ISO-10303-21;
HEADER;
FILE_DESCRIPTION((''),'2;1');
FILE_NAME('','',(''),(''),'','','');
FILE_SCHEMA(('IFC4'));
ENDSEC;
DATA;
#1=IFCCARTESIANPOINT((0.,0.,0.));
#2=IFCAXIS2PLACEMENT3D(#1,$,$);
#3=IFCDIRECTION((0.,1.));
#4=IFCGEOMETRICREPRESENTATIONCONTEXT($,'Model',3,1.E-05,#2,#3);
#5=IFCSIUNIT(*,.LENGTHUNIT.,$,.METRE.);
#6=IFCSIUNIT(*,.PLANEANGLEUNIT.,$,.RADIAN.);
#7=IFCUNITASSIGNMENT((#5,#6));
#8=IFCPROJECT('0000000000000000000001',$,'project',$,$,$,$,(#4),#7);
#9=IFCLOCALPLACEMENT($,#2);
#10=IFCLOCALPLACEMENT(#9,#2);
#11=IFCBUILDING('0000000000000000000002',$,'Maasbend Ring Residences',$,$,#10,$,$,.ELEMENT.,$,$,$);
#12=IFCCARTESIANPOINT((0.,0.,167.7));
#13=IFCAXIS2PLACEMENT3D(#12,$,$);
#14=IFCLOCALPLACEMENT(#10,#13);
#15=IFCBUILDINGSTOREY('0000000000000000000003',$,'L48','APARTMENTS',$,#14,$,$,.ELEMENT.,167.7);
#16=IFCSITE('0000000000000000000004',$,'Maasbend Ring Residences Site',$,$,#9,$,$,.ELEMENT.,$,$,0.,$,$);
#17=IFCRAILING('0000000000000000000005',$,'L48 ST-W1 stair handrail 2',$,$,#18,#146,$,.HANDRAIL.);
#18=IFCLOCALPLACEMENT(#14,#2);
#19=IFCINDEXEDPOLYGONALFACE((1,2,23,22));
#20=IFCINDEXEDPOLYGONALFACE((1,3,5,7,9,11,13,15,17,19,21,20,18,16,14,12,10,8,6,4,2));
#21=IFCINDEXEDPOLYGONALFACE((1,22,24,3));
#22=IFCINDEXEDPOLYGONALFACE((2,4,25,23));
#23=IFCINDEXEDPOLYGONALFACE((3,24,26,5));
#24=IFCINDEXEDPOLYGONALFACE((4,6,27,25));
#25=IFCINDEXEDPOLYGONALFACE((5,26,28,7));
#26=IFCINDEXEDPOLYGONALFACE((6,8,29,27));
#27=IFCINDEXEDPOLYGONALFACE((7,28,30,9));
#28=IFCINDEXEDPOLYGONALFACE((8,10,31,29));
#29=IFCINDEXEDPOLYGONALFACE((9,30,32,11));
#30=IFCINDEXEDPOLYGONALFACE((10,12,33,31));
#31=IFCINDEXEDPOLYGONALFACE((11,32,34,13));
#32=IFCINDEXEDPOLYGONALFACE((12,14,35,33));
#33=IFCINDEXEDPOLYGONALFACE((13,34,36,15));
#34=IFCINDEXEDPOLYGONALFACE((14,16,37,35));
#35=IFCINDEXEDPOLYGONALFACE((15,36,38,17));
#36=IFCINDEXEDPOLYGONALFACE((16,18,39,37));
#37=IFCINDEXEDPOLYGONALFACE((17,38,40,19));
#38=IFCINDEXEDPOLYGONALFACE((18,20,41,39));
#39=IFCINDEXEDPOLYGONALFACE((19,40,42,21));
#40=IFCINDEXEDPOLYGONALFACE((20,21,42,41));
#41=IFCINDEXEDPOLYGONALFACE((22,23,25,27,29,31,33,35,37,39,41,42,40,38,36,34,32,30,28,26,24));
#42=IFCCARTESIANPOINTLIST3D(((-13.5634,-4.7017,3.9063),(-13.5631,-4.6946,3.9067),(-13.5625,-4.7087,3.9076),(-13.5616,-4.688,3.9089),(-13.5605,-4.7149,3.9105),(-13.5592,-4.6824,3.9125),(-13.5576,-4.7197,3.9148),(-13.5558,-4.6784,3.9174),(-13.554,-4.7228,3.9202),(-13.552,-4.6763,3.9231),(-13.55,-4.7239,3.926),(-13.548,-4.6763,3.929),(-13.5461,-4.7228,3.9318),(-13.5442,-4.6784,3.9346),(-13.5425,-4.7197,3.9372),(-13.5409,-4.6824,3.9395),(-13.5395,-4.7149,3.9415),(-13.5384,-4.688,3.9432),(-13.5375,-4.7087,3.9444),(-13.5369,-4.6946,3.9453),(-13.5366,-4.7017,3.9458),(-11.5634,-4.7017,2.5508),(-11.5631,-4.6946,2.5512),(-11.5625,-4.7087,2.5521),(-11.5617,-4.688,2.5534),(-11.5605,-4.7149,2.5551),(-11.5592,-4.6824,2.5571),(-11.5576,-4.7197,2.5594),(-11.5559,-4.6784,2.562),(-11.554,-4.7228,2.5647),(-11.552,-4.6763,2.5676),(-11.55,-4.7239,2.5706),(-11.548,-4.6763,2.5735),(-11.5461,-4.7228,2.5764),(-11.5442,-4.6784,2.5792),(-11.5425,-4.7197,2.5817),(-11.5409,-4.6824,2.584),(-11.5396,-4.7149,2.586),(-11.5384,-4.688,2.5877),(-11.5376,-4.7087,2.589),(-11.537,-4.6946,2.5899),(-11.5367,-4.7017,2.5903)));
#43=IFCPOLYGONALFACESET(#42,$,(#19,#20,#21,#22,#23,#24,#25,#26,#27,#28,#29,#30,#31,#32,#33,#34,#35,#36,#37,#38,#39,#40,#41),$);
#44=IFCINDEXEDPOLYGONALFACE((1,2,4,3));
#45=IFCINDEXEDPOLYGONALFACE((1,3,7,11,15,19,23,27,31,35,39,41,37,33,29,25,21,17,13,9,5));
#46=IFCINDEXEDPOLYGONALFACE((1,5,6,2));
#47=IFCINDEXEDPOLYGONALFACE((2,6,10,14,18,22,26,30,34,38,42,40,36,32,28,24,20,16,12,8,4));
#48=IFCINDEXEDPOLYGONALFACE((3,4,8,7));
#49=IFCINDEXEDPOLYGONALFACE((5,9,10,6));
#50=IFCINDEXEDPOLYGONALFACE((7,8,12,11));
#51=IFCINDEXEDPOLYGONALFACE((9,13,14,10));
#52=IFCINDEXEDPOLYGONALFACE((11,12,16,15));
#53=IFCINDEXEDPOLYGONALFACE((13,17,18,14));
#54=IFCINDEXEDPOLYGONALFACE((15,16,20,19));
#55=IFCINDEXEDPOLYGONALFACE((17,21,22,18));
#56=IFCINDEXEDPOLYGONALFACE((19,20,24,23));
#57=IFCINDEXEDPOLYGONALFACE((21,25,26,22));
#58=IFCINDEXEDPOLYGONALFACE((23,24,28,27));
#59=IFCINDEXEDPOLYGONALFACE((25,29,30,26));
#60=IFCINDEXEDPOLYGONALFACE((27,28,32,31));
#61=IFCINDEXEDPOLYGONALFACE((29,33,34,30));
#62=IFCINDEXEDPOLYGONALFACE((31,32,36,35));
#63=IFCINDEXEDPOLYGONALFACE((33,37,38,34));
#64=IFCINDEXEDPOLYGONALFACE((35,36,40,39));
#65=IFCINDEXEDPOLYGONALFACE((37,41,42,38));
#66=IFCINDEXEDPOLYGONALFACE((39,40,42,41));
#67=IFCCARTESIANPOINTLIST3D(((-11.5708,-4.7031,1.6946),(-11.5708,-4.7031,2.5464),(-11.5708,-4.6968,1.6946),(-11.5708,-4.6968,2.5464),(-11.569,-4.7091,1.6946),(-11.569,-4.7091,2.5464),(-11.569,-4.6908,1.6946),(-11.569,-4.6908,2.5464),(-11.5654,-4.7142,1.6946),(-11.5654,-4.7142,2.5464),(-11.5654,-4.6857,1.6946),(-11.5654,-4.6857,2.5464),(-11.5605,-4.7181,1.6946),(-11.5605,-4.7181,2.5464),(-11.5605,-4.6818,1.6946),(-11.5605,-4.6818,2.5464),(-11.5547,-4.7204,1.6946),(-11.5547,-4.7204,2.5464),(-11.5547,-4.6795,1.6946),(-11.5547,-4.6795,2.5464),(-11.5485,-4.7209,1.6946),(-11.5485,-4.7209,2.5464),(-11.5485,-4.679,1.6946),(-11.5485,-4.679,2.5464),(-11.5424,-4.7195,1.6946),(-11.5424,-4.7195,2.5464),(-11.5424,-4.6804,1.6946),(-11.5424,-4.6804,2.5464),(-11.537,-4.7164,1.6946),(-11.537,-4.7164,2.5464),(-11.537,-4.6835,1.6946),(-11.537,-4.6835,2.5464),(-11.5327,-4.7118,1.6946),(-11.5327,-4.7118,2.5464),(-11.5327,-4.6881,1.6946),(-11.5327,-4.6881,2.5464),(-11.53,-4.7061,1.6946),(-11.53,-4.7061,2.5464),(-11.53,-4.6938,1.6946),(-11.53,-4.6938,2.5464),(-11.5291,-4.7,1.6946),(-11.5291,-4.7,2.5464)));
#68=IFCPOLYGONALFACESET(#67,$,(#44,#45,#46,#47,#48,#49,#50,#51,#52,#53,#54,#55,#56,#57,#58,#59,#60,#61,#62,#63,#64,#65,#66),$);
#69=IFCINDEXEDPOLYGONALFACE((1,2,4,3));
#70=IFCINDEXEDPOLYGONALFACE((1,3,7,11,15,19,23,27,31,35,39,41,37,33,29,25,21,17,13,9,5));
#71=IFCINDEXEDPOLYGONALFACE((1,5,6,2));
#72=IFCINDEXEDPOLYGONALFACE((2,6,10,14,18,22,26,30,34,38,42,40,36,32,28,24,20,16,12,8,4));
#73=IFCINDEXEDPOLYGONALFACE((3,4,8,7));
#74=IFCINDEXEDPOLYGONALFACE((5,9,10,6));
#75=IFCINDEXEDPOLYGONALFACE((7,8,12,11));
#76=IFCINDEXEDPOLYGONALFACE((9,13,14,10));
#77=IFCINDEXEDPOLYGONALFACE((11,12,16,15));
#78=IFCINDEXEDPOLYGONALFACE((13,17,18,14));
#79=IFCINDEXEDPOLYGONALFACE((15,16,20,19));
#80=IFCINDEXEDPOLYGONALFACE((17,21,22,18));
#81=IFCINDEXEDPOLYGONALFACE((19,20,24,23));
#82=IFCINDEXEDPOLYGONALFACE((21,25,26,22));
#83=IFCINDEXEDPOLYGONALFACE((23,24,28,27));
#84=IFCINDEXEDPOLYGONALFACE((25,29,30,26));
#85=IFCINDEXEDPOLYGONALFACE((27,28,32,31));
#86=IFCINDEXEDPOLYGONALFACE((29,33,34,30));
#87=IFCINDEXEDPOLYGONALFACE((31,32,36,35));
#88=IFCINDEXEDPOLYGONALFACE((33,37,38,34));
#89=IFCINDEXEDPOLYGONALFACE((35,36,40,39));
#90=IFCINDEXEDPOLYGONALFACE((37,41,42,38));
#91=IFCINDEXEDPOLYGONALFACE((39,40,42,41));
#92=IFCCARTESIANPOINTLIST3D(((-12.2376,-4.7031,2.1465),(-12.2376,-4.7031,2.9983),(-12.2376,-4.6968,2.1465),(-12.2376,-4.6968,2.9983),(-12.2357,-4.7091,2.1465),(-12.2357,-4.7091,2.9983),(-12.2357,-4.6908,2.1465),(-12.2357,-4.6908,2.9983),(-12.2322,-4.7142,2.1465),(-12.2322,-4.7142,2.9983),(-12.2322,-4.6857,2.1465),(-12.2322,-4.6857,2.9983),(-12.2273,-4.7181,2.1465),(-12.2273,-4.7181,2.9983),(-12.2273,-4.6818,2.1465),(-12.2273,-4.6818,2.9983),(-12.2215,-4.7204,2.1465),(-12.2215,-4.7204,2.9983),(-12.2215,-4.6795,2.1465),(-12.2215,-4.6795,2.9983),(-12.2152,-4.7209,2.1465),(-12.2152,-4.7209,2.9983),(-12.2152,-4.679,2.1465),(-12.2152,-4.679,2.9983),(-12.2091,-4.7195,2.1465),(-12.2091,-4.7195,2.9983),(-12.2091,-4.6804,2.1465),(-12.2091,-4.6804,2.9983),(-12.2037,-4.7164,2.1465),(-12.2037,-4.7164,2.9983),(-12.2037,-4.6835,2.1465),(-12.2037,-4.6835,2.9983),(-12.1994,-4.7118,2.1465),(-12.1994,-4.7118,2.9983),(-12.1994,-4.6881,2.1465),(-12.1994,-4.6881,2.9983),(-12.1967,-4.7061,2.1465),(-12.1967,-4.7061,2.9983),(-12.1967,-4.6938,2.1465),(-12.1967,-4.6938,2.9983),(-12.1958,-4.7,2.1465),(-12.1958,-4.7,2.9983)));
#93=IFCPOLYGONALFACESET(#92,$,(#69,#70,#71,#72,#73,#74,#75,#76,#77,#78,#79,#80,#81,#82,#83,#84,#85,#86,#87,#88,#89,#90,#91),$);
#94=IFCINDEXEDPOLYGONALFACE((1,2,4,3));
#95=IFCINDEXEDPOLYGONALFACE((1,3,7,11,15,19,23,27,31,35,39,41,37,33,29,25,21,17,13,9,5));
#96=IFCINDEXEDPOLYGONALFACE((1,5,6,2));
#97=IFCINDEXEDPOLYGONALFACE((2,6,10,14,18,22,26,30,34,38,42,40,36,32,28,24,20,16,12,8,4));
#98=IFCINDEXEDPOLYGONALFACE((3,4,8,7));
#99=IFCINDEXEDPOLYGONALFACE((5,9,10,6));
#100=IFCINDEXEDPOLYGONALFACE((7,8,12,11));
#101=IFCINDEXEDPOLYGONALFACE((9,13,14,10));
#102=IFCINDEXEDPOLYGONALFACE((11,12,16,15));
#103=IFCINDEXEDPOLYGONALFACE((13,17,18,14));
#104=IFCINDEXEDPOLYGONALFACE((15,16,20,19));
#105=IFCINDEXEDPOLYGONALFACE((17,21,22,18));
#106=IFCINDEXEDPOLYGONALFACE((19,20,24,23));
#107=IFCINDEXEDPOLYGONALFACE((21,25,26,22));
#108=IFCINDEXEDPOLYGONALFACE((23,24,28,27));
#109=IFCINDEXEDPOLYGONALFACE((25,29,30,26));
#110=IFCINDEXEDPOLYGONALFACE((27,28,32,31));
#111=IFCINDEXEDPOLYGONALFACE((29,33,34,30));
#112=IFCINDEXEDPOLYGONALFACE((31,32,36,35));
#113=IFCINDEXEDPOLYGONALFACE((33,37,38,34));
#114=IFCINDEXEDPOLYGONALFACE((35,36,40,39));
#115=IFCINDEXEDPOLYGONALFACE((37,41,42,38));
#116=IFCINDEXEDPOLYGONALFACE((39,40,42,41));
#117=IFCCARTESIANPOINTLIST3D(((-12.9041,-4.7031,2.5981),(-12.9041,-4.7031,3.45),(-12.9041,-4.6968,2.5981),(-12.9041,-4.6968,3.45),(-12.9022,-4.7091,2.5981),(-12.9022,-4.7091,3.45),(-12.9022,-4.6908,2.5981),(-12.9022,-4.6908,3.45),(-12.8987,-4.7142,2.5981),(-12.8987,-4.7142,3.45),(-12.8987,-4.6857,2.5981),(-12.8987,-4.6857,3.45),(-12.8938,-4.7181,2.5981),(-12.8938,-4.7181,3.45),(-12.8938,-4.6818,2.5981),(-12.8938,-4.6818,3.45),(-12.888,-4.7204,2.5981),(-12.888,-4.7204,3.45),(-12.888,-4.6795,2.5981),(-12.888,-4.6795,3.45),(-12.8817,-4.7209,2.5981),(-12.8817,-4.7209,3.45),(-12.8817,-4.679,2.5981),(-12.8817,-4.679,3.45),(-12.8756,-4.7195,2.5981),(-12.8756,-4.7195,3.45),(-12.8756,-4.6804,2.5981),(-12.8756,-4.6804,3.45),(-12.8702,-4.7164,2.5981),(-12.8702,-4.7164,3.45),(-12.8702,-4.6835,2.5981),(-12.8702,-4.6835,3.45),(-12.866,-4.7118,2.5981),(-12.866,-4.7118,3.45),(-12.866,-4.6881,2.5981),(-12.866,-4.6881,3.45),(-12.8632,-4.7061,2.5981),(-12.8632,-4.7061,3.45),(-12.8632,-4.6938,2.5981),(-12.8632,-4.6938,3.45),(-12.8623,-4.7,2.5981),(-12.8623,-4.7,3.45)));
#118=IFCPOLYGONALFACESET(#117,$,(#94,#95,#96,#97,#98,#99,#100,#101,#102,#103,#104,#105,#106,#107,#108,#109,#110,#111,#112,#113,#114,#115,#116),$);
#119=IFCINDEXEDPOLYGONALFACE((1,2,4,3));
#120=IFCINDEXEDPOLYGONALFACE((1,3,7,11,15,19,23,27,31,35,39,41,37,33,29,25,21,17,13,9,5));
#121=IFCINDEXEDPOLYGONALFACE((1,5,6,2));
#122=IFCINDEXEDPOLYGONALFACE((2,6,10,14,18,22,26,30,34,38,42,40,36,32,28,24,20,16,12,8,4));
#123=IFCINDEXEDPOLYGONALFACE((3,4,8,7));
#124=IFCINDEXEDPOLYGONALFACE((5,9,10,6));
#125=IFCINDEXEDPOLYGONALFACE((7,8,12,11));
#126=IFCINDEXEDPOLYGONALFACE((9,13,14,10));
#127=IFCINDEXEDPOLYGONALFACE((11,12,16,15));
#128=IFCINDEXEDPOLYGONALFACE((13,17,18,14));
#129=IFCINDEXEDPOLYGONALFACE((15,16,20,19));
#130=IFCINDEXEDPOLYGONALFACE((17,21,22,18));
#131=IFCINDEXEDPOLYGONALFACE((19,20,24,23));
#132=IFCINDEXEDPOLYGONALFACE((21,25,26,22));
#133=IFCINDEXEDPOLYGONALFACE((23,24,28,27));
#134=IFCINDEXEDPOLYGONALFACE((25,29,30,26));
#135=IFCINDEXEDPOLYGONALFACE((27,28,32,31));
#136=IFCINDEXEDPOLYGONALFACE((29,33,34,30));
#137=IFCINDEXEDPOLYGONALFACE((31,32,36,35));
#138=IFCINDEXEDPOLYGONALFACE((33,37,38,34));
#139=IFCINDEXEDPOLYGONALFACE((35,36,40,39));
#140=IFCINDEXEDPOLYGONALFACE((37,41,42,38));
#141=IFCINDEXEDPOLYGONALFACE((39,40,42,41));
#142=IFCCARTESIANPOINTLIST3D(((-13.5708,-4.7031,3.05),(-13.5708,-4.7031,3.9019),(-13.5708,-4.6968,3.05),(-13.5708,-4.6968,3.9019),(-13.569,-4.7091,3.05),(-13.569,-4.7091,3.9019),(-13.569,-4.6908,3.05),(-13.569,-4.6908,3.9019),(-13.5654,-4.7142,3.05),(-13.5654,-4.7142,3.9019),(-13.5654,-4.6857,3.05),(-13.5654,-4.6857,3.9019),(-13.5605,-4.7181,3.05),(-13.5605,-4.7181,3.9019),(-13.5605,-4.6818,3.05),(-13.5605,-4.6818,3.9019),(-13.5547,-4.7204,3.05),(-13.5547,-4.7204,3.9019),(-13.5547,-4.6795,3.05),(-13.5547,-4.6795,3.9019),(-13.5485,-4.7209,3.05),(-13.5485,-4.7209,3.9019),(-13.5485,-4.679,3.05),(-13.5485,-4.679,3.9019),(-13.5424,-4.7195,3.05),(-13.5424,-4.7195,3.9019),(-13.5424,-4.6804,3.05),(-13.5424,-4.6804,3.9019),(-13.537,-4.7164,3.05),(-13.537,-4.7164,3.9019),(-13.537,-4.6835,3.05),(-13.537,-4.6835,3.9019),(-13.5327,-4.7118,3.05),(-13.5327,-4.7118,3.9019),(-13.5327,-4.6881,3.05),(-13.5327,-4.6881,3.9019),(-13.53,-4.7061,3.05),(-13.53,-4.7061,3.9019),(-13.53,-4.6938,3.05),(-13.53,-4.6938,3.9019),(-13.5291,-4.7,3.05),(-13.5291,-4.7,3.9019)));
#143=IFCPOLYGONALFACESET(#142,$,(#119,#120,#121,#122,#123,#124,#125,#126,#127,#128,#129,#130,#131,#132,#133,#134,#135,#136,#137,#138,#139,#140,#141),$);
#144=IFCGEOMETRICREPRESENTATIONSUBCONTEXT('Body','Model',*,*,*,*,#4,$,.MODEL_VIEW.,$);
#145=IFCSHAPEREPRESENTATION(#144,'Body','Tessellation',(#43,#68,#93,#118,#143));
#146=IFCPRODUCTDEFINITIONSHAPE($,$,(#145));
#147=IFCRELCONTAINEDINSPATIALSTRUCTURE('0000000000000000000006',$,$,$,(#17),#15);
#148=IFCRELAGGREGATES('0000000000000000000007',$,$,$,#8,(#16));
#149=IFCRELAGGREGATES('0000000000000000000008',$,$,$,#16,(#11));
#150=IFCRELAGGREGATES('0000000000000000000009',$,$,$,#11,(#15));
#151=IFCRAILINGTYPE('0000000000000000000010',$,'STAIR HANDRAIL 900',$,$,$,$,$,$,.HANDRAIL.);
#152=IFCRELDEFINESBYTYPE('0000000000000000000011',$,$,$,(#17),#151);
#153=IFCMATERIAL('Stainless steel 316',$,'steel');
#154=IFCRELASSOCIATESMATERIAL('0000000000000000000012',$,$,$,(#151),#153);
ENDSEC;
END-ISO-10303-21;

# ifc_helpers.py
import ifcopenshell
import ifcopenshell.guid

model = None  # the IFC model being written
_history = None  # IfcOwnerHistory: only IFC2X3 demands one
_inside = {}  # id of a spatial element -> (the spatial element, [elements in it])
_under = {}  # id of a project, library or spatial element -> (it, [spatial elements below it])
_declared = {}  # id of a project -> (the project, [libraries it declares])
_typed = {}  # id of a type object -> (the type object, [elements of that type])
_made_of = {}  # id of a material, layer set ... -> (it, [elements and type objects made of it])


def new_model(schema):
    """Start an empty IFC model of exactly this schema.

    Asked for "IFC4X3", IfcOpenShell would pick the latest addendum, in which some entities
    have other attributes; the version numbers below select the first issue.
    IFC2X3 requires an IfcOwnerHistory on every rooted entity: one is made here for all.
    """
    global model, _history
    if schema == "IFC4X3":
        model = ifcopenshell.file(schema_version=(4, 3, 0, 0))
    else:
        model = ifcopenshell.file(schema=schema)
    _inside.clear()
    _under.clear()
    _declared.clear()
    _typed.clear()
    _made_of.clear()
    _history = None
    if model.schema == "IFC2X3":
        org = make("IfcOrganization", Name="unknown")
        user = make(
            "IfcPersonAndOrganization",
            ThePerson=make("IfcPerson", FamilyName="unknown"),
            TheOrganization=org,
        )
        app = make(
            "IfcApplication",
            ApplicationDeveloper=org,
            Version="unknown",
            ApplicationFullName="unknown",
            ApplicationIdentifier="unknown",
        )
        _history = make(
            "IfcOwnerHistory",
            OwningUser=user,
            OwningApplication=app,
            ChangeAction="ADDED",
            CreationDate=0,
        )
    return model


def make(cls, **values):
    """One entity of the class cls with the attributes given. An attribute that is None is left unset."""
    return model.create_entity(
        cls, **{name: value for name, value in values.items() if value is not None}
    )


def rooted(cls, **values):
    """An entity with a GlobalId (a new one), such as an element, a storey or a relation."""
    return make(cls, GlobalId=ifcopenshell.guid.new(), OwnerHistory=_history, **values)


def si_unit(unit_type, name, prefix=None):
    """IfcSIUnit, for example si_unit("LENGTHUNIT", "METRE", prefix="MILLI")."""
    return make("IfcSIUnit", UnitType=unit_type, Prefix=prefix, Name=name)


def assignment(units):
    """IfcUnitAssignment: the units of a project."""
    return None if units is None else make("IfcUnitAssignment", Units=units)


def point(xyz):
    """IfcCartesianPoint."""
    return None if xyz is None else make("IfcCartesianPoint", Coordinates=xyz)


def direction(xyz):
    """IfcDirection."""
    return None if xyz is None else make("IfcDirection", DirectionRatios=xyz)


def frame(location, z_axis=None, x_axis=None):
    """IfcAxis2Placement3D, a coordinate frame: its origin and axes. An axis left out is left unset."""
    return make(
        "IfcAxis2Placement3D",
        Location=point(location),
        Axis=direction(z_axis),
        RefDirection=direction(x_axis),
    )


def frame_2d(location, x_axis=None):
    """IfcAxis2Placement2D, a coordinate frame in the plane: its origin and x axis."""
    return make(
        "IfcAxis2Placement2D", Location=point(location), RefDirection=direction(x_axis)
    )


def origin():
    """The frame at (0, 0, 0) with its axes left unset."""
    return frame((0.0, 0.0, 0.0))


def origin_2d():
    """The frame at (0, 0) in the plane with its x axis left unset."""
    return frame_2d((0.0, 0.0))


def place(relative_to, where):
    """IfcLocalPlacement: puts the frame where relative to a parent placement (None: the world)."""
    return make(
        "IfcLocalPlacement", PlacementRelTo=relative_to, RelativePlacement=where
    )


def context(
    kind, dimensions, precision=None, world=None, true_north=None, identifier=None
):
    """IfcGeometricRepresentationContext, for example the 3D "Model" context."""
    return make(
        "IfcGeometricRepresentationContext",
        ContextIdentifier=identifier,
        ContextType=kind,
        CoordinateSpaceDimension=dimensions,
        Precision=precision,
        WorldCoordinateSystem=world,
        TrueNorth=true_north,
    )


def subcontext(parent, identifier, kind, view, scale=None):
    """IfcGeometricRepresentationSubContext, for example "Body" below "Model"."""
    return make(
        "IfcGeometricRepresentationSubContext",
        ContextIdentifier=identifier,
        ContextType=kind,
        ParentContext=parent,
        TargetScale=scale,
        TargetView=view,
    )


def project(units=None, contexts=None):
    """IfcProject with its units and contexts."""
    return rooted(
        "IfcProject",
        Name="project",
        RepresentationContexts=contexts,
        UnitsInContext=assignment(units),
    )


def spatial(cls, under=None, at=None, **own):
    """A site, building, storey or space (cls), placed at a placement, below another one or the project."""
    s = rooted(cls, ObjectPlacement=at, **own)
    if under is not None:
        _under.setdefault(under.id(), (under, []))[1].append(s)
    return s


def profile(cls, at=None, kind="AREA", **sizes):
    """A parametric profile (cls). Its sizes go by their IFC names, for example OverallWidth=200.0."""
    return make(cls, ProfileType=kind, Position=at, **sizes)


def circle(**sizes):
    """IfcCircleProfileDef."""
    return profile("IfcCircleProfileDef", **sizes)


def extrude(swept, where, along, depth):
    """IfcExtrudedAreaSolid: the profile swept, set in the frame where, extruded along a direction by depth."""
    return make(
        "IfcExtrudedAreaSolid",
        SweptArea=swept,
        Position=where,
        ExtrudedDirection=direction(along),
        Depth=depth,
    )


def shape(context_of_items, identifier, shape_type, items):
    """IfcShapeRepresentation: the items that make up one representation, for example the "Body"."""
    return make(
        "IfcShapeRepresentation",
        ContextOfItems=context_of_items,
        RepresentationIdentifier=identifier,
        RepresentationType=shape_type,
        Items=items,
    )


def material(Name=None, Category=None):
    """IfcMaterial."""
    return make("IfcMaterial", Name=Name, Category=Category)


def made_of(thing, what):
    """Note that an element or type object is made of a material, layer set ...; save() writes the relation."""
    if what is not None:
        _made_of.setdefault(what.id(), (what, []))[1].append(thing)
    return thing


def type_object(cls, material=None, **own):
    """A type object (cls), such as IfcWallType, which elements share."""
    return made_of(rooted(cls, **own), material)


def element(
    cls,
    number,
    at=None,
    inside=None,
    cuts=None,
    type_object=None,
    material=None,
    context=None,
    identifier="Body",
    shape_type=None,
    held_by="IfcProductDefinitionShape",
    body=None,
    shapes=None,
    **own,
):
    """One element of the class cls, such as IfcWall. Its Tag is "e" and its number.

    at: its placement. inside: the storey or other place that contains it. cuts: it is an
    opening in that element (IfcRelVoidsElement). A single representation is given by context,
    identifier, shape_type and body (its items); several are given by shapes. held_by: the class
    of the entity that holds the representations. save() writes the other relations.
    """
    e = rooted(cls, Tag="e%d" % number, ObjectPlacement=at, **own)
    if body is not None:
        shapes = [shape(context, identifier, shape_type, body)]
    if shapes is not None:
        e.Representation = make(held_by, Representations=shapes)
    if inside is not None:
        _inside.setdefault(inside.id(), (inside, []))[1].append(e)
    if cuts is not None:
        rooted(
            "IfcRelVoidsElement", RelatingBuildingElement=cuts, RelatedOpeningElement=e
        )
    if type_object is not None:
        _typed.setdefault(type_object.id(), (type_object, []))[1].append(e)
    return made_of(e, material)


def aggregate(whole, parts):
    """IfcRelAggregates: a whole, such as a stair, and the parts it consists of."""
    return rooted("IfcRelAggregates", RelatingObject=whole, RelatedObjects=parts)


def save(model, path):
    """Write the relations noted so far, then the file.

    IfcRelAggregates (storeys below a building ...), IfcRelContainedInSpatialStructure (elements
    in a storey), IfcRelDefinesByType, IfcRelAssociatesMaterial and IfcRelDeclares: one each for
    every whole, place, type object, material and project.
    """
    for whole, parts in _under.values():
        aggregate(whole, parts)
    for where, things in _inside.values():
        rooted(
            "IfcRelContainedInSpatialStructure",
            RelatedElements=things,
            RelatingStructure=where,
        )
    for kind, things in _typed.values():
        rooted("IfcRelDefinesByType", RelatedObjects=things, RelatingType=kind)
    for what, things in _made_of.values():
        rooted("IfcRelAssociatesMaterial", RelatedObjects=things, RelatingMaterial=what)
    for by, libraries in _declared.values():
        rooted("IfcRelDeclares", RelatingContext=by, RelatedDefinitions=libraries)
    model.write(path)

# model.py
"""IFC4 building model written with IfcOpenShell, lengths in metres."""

from ifc_helpers import new_model, si_unit, direction, frame, origin, origin_2d, place, context, subcontext, project, spatial, circle, extrude, material, type_object, element, save


model = new_model("IFC4")

# Units and contexts
model_context = context("Model", 3, precision=1e-05, world=origin(), true_north=direction((0.0, 1.0)))
body_context = subcontext(model_context, "Body", "Model", "MODEL_VIEW")
ifc_project = project(units=[si_unit("LENGTHUNIT", "METRE"), si_unit("PLANEANGLEUNIT", "RADIAN")], contexts=[model_context])

# Site, building, storey
site_placement = place(None, origin())
site = spatial("IfcSite", under=ifc_project, at=site_placement, Name="Maasbend Ring Residences Site", CompositionType="ELEMENT", RefElevation=0.0)
building_placement = place(site_placement, origin())
building = spatial("IfcBuilding", under=site, at=building_placement, Name="Maasbend Ring Residences", CompositionType="ELEMENT")
storey_placement = place(building_placement, frame((0.0, 0.0, 167.7)))
storey = spatial("IfcBuildingStorey", under=building, at=storey_placement, Name="L48", Description="APARTMENTS", CompositionType="ELEMENT", Elevation=167.7)

# Railing
ifc_material_1 = material(Name="Stainless steel 316", Category="steel")
railing_type_1 = type_object("IfcRailingType", Name="STAIR HANDRAIL 900", PredefinedType="HANDRAIL", material=ifc_material_1)
railing_1_placement = place(storey_placement, frame((-11.55, -4.7, 1.6946)))
element("IfcRailing", 1, at=railing_1_placement, inside=storey, type_object=railing_type_1, Name="L48 ST-W1 stair handrail 2", PredefinedType="HANDRAIL", context=body_context, shape_type="SweptSolid", body=[
    extrude(circle(Radius=0.0239, at=origin_2d()), frame((0.0, 0.0, 0.876), z_axis=(-0.827798, 0.0, 0.561027), x_axis=(0.0, -1.0, 0.0)), (0.0, 0.0, 1.0), 2.416),
    extrude(circle(Radius=0.021, at=origin_2d()), origin(), (0.0, 0.0, 1.0), 0.8518),
    extrude(circle(Radius=0.021, at=origin_2d()), frame((-0.6667, 0.0, 0.4519)), (0.0, 0.0, 1.0), 0.8518),
    extrude(circle(Radius=0.021, at=origin_2d()), frame((-1.3333, 0.0, 0.9036)), (0.0, 0.0, 1.0), 0.8518),
    extrude(circle(Radius=0.021, at=origin_2d()), frame((-2.0, 0.0, 1.3555)), (0.0, 0.0, 1.0), 0.8518),
])

save(model, "model.ifc")
